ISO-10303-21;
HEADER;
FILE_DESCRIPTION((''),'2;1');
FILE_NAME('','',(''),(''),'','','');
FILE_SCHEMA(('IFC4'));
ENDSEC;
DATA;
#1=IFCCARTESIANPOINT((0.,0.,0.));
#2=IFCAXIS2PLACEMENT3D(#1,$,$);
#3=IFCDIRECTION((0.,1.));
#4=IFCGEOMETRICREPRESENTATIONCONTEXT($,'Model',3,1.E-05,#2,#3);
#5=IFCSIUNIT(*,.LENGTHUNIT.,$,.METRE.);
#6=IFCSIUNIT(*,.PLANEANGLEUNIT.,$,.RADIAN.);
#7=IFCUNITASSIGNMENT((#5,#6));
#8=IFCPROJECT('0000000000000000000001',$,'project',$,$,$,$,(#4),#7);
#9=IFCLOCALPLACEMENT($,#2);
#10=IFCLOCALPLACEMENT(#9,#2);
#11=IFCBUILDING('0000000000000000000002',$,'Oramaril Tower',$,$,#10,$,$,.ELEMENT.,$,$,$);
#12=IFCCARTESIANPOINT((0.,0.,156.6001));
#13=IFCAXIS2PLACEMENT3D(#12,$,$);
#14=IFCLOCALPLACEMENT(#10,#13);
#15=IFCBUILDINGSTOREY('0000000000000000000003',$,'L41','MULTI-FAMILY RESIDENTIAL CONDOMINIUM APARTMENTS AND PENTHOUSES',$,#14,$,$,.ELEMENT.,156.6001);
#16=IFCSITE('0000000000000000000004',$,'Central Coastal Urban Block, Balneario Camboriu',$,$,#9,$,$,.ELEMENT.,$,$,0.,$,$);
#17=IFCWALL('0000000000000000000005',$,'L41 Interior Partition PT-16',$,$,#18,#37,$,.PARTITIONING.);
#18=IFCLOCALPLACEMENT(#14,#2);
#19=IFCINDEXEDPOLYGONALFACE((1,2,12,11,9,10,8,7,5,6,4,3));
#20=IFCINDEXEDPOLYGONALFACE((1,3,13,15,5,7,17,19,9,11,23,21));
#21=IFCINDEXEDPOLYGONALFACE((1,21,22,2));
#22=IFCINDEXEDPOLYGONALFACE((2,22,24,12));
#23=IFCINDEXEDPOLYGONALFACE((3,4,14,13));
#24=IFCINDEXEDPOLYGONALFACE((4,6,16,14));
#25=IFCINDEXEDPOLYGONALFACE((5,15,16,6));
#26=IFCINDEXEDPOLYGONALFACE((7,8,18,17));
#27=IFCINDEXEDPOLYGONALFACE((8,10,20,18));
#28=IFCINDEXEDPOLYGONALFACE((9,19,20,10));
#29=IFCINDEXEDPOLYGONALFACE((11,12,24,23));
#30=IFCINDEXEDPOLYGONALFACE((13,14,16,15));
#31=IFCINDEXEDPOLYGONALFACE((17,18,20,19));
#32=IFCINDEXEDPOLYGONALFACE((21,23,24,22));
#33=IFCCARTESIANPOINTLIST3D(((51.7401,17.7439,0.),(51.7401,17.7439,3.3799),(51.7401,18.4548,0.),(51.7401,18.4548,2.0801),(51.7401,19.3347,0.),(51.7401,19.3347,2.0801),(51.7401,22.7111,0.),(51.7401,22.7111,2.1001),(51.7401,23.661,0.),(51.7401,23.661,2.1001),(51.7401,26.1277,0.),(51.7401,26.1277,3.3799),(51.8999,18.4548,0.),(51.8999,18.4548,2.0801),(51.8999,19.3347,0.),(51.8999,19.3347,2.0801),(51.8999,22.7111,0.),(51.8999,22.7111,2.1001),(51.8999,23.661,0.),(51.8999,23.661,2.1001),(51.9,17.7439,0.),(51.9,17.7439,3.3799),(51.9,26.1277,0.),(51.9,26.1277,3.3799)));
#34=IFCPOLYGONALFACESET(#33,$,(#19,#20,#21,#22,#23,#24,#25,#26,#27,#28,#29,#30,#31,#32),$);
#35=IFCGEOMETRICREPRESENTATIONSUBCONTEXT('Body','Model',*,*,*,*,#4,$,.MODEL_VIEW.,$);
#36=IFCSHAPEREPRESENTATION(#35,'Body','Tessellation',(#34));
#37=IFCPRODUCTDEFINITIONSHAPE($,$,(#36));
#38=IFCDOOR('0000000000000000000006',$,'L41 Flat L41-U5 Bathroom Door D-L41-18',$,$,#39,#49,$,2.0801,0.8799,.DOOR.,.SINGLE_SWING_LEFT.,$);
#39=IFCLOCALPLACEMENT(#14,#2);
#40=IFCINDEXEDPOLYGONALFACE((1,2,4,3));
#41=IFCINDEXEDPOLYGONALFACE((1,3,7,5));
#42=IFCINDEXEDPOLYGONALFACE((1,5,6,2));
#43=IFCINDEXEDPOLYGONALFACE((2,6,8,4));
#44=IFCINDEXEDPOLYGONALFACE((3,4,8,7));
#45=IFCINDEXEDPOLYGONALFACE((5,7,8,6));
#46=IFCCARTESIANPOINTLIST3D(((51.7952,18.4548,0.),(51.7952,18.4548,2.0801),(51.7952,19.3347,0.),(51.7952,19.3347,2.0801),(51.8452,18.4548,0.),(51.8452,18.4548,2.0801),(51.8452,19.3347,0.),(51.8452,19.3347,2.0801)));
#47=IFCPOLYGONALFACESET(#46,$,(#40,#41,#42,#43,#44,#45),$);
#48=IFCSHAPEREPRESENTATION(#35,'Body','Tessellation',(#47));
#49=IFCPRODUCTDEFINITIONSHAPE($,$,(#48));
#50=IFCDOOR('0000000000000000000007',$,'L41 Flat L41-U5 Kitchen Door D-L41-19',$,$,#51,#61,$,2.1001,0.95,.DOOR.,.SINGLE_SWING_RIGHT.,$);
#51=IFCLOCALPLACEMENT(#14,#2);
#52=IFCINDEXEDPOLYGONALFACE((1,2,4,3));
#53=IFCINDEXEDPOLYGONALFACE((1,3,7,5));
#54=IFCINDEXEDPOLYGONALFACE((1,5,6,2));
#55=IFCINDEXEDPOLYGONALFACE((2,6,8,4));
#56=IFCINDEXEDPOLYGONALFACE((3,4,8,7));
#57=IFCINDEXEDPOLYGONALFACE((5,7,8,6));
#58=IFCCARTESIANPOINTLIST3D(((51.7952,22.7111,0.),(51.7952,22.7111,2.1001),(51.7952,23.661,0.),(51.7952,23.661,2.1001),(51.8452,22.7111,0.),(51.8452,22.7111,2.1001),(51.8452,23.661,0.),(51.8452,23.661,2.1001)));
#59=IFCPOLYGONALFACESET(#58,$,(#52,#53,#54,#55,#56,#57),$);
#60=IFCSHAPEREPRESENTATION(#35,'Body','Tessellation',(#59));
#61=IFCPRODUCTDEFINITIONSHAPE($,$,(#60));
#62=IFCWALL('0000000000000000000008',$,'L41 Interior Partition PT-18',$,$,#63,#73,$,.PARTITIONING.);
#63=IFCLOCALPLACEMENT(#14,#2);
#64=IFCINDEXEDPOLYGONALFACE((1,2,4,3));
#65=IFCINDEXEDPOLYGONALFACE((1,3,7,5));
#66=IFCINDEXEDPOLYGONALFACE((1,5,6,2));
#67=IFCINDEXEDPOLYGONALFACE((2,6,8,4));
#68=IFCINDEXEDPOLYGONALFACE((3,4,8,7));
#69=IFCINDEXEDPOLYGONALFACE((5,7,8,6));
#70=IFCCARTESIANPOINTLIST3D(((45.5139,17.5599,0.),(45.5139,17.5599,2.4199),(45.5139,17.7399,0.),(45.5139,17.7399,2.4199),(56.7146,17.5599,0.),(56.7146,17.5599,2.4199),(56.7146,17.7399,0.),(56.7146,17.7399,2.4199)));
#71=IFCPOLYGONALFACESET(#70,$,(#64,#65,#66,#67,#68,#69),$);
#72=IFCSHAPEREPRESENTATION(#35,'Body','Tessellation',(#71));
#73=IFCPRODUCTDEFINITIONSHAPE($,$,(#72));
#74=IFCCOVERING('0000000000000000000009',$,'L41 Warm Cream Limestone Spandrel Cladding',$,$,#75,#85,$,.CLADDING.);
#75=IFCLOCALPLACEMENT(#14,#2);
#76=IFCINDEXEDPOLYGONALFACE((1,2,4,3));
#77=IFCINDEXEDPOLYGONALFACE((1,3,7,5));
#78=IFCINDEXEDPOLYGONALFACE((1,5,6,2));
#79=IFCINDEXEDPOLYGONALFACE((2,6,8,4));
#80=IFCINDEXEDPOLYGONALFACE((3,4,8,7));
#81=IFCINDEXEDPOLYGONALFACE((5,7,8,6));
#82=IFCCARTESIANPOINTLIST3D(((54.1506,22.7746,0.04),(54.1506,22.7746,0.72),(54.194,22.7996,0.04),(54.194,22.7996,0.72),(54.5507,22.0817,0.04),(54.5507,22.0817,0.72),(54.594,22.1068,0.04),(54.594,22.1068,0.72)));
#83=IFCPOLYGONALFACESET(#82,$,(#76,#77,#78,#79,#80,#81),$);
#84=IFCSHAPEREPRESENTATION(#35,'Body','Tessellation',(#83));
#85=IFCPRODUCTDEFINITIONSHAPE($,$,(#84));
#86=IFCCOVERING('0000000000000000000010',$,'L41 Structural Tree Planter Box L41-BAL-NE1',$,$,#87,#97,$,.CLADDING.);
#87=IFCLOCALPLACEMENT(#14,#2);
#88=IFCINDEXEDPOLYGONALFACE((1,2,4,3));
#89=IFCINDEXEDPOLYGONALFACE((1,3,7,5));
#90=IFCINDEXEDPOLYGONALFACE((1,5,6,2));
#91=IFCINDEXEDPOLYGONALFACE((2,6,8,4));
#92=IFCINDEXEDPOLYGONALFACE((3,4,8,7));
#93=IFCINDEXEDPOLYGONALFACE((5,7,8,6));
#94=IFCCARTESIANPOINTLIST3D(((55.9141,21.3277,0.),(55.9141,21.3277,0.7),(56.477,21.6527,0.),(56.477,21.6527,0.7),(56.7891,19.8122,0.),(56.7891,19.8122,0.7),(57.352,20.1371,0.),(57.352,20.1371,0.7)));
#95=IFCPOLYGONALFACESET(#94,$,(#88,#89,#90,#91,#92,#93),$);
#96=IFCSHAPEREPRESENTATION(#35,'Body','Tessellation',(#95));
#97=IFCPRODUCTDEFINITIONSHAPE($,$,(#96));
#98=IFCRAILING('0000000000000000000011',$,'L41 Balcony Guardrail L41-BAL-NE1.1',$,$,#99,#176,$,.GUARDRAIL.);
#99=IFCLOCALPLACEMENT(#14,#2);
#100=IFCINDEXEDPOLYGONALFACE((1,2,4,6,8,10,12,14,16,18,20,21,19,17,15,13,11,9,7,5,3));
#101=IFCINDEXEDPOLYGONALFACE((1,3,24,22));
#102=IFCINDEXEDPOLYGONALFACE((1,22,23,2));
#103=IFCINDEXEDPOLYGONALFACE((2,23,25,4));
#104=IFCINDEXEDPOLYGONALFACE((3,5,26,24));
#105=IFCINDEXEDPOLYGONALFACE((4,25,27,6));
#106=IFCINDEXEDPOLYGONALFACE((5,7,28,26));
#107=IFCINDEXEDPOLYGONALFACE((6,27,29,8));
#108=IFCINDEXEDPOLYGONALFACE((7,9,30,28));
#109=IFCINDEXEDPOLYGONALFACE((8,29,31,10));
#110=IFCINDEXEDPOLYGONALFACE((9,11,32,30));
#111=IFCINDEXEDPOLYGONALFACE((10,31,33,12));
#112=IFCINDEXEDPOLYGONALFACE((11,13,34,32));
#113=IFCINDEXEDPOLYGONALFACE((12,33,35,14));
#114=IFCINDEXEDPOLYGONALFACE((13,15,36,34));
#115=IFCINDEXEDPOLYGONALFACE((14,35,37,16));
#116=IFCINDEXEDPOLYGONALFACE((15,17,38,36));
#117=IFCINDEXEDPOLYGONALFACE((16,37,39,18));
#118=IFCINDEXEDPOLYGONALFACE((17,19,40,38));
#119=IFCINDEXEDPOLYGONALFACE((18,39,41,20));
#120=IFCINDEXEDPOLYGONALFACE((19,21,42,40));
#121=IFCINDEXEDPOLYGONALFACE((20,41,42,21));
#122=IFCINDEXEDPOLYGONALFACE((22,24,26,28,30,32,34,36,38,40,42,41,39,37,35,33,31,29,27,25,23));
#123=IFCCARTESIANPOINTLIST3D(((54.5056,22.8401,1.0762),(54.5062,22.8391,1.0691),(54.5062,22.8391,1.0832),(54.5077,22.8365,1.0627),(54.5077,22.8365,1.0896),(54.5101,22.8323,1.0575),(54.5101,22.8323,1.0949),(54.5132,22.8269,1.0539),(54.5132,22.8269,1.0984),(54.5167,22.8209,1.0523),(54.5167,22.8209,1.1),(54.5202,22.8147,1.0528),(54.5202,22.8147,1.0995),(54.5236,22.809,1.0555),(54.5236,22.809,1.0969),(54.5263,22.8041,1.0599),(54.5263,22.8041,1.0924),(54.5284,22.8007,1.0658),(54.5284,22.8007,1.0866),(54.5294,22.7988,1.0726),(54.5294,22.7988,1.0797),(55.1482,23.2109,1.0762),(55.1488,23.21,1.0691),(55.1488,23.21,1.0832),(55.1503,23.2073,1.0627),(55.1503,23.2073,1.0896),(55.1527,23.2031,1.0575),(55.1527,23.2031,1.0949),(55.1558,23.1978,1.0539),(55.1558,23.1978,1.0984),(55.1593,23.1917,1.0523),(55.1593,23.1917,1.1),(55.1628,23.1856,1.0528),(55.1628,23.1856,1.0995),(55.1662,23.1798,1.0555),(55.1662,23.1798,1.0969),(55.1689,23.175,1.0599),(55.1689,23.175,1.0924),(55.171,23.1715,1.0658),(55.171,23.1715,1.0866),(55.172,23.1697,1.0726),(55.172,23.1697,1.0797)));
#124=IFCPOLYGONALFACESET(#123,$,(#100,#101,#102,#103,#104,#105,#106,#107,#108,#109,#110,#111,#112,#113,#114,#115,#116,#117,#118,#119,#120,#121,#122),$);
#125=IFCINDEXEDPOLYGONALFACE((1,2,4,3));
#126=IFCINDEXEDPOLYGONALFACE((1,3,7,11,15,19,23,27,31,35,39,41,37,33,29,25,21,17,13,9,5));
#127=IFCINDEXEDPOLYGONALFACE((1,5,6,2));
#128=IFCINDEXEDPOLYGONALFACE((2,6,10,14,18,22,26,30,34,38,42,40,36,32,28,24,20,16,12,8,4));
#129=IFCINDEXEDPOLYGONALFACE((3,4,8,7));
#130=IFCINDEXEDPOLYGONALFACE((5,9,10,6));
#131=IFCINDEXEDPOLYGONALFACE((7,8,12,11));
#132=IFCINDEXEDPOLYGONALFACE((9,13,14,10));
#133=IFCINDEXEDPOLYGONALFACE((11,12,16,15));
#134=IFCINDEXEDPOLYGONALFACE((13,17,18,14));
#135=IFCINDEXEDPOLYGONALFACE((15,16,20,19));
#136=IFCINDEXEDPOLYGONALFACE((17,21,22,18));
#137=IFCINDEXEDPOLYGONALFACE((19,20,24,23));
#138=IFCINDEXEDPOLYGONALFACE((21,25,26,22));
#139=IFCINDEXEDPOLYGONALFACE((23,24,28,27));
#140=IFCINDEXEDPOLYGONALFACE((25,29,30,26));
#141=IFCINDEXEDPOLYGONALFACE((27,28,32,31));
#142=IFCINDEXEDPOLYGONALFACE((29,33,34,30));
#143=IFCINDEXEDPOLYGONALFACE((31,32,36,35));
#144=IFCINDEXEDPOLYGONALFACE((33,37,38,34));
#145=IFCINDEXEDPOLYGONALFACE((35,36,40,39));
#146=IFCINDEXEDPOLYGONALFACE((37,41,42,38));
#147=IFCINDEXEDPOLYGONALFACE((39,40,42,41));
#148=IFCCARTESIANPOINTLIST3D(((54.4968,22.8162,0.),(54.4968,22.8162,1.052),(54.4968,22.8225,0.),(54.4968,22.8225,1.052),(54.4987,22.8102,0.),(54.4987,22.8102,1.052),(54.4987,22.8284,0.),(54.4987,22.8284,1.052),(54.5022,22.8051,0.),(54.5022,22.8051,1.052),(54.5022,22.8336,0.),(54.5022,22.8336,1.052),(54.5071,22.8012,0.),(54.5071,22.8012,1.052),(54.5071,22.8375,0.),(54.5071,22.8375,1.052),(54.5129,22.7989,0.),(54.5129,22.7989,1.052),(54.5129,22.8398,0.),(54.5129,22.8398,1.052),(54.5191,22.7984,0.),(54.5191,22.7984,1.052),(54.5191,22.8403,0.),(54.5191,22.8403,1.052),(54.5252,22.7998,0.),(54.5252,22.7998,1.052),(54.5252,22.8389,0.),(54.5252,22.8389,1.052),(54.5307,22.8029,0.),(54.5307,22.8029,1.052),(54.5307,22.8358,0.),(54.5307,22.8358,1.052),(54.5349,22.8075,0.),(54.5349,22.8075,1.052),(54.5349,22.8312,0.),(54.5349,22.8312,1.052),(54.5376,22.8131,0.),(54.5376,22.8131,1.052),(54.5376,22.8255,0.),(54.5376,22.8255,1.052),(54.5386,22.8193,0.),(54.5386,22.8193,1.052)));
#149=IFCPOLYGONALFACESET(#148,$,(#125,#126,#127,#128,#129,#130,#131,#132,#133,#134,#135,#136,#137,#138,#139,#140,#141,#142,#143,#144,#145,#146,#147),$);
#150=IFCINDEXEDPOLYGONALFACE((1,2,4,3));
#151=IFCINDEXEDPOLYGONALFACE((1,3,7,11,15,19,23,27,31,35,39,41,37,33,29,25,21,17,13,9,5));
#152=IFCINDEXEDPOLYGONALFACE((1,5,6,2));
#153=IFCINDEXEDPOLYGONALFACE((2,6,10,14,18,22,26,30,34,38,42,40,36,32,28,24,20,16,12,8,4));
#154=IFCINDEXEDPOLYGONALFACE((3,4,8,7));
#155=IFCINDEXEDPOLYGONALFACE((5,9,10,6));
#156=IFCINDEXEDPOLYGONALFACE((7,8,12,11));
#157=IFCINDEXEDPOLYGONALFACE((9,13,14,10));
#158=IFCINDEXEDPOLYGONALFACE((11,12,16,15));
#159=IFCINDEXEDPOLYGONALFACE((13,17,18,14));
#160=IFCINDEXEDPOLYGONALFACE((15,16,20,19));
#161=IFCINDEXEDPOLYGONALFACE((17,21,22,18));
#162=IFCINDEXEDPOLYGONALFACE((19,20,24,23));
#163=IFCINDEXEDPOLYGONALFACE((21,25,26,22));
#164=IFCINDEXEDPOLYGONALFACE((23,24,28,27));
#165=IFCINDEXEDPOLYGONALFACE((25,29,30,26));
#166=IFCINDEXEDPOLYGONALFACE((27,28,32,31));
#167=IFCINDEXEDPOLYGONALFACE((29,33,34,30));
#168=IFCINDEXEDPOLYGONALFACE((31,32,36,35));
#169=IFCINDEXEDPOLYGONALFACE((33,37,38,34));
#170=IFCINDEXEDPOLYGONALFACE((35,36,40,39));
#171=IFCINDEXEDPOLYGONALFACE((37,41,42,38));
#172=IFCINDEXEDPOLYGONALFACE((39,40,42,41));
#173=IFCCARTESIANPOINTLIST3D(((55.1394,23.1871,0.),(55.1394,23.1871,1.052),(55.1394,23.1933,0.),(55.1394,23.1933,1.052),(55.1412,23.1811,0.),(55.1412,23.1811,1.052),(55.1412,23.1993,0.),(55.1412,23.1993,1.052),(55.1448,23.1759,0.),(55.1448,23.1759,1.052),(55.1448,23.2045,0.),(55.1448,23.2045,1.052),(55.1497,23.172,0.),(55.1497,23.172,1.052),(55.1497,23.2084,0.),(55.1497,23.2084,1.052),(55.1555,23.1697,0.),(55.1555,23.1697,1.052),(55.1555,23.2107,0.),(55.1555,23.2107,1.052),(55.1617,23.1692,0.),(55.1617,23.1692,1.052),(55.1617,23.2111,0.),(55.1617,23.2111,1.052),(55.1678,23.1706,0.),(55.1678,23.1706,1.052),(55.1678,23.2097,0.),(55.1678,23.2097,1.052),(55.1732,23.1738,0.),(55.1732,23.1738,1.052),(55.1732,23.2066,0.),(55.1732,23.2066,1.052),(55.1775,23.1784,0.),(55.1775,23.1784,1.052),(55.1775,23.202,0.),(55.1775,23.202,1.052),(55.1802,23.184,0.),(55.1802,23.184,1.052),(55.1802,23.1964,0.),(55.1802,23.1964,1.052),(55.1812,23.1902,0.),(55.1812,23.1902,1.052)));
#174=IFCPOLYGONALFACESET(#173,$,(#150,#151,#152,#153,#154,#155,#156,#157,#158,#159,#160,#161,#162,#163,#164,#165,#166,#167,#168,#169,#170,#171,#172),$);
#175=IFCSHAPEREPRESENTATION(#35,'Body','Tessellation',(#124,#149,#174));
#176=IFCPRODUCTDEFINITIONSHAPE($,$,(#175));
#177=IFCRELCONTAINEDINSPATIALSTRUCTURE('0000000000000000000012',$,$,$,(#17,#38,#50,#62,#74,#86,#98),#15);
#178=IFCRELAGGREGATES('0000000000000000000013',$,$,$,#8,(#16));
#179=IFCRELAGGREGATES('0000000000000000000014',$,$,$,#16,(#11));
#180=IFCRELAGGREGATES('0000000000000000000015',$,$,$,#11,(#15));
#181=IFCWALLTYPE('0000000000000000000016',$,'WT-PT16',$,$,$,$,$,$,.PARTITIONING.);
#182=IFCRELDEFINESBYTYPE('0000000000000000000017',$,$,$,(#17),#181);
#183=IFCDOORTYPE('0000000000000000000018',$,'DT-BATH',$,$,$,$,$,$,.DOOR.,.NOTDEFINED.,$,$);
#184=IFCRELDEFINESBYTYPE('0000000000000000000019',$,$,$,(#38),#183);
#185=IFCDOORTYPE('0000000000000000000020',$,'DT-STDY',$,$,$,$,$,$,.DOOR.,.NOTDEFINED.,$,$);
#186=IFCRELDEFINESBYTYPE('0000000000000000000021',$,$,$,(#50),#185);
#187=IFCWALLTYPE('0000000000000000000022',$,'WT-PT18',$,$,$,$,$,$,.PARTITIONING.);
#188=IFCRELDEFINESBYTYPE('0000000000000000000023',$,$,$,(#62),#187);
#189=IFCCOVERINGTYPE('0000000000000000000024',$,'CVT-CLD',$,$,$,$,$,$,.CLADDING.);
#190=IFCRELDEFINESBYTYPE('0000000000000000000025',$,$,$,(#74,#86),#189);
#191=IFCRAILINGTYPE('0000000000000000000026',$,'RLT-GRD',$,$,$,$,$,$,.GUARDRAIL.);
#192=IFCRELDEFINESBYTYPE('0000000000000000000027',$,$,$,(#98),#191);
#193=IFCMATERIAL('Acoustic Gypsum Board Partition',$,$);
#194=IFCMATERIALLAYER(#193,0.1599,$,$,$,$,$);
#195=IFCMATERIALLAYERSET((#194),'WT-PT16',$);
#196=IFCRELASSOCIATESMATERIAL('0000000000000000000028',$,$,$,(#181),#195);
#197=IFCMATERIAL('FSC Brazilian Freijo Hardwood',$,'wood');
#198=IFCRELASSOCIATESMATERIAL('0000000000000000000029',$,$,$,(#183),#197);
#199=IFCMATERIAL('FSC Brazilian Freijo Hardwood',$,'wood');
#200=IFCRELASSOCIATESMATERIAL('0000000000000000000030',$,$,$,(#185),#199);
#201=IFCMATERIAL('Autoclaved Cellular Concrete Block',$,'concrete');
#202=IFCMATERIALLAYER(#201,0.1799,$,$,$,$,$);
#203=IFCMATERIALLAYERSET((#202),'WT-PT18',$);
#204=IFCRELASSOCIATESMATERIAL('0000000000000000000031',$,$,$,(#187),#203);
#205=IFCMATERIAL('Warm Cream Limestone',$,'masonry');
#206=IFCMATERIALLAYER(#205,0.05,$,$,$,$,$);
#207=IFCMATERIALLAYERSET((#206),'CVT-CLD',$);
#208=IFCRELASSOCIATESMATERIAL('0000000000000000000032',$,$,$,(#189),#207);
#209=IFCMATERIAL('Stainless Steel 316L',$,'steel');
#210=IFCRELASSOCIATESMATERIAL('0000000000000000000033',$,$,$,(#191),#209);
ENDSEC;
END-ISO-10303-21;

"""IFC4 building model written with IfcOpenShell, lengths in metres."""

from ifc_helpers import new_model, si_unit, direction, frame, frame_2d, origin, origin_2d, place, context, subcontext, project, spatial, rectangle, circle, extrude, material, layer, layer_set, type_object, element, fill, save


model = new_model("IFC4")

# Units and contexts
model_context = context("Model", 3, precision=1e-05, world=origin(), true_north=direction((0.0, 1.0)))
body_context = subcontext(model_context, "Body", "Model", "MODEL_VIEW")
ifc_project = project(units=[si_unit("LENGTHUNIT", "METRE"), si_unit("PLANEANGLEUNIT", "RADIAN")], contexts=[model_context])

# Site, building, storey
site_placement = place(None, origin())
site = spatial("IfcSite", under=ifc_project, at=site_placement, Name="Central Coastal Urban Block, Balneario Camboriu", CompositionType="ELEMENT", RefElevation=0.0)
building_placement = place(site_placement, origin())
building = spatial("IfcBuilding", under=site, at=building_placement, Name="Oramaril Tower", CompositionType="ELEMENT")
storey_placement = place(building_placement, frame((0.0, 0.0, 156.6001)))
storey = spatial("IfcBuildingStorey", under=building, at=storey_placement, Name="L41", Description="MULTI-FAMILY RESIDENTIAL CONDOMINIUM APARTMENTS AND PENTHOUSES", CompositionType="ELEMENT", Elevation=156.6001)

# Wall, openings, doors
ifc_material_1 = material(Name="Acoustic Gypsum Board Partition")
ifc_layer_1 = layer(ifc_material_1, 0.1599)
ifc_layer_set_1 = layer_set([ifc_layer_1], Name="WT-PT16")
wall_type_1 = type_object("IfcWallType", Name="WT-PT16", PredefinedType="PARTITIONING", material=ifc_layer_set_1)
wall_1_placement = place(storey_placement, frame((51.8201, 17.7439, 0.0), z_axis=(0.0, 0.0, 1.0), x_axis=(0.0, 1.0, 0.0)))
wall_1 = element("IfcWall", 1, at=wall_1_placement, inside=storey, type_object=wall_type_1, Name="L41 Interior Partition PT-16", PredefinedType="PARTITIONING", context=body_context, shape_type="SweptSolid", body=[
    extrude(rectangle(XDim=8.3838, YDim=0.1599, at=frame_2d((4.1919, 0.0))), origin(), (0.0, 0.0, 1.0), 3.3799),
])
opening_1_placement = place(wall_1_placement, frame((0.7109, 0.0, 0.0)))
opening_1 = element("IfcOpeningElement", 2, at=opening_1_placement, cuts=wall_1, PredefinedType="OPENING", context=body_context, shape_type="SweptSolid", body=[
    extrude(rectangle(XDim=0.8799, YDim=2.0801, at=frame_2d((0.4399, 1.04))), frame((0.0, 0.0801, 0.0), z_axis=(0.0, -1.0, 0.0), x_axis=(1.0, 0.0, 0.0)), (0.0, 0.0, 1.0), 0.1599),
])
opening_2_placement = place(wall_1_placement, frame((4.967, 0.0, 0.0)))
opening_2 = element("IfcOpeningElement", 3, at=opening_2_placement, cuts=wall_1, PredefinedType="OPENING", context=body_context, shape_type="SweptSolid", body=[
    extrude(rectangle(XDim=0.95, YDim=2.1001, at=frame_2d((0.4751, 1.05))), frame((0.0, 0.0801, 0.0), z_axis=(0.0, -1.0, 0.0), x_axis=(1.0, 0.0, 0.0)), (0.0, 0.0, 1.0), 0.1599),
])
ifc_material_2 = material(Name="FSC Brazilian Freijo Hardwood", Category="wood")
door_type_1 = type_object("IfcDoorType", Name="DT-BATH", OperationType="NOTDEFINED", PredefinedType="DOOR", material=ifc_material_2)
door_1_placement = place(opening_1_placement, origin())
door_1 = element("IfcDoor", 4, at=door_1_placement, inside=storey, type_object=door_type_1, Name="L41 Flat L41-U5 Bathroom Door D-L41-18", OperationType="SINGLE_SWING_LEFT", OverallHeight=2.0801, OverallWidth=0.8799, PredefinedType="DOOR", context=body_context, shape_type="SweptSolid", body=[
    extrude(rectangle(XDim=0.8799, YDim=2.0801, at=frame_2d((0.4399, 1.04))), frame((0.0, 0.0249, 0.0), z_axis=(0.0, -1.0, 0.0), x_axis=(1.0, 0.0, 0.0)), (0.0, 0.0, 1.0), 0.05),
])
fill(opening_1, door_1)
ifc_material_3 = material(Name="FSC Brazilian Freijo Hardwood", Category="wood")
door_type_2 = type_object("IfcDoorType", Name="DT-STDY", OperationType="NOTDEFINED", PredefinedType="DOOR", material=ifc_material_3)
door_2_placement = place(opening_2_placement, origin())
door_2 = element("IfcDoor", 5, at=door_2_placement, inside=storey, type_object=door_type_2, Name="L41 Flat L41-U5 Kitchen Door D-L41-19", OperationType="SINGLE_SWING_RIGHT", OverallHeight=2.1001, OverallWidth=0.95, PredefinedType="DOOR", context=body_context, shape_type="SweptSolid", body=[
    extrude(rectangle(XDim=0.95, YDim=2.1001, at=frame_2d((0.4751, 1.05))), frame((0.0, 0.0249, 0.0), z_axis=(0.0, -1.0, 0.0), x_axis=(1.0, 0.0, 0.0)), (0.0, 0.0, 1.0), 0.05),
])
fill(opening_2, door_2)

# Wall
ifc_material_4 = material(Name="Autoclaved Cellular Concrete Block", Category="concrete")
ifc_layer_2 = layer(ifc_material_4, 0.1799)
ifc_layer_set_2 = layer_set([ifc_layer_2], Name="WT-PT18")
wall_type_2 = type_object("IfcWallType", Name="WT-PT18", PredefinedType="PARTITIONING", material=ifc_layer_set_2)
wall_2_placement = place(storey_placement, frame((45.5139, 17.6499, 0.0), z_axis=(0.0, 0.0, 1.0), x_axis=(1.0, 0.0, 0.0)))
element("IfcWall", 6, at=wall_2_placement, inside=storey, type_object=wall_type_2, Name="L41 Interior Partition PT-18", PredefinedType="PARTITIONING", context=body_context, shape_type="SweptSolid", body=[
    extrude(rectangle(XDim=11.2007, YDim=0.1799, at=frame_2d((5.6003, 0.0))), origin(), (0.0, 0.0, 1.0), 2.4199),
])

# Coverings
ifc_material_5 = material(Name="Warm Cream Limestone", Category="masonry")
ifc_layer_3 = layer(ifc_material_5, 0.05)
ifc_layer_set_3 = layer_set([ifc_layer_3], Name="CVT-CLD")
covering_type = type_object("IfcCoveringType", Name="CVT-CLD", PredefinedType="CLADDING", material=ifc_layer_set_3)
covering_1_placement = place(storey_placement, frame((54.3723, 22.4407, 0.04), z_axis=(0.0, 0.0, 1.0), x_axis=(-0.5, 0.866025, 0.0)))
element("IfcCovering", 7, at=covering_1_placement, inside=storey, type_object=covering_type, Name="L41 Warm Cream Limestone Spandrel Cladding", PredefinedType="CLADDING", context=body_context, shape_type="SweptSolid", body=[
    extrude(rectangle(XDim=0.8, YDim=0.05, at=origin_2d()), origin(), (0.0, 0.0, 1.0), 0.6799),
])
covering_2_placement = place(storey_placement, frame((56.6331, 20.7324, 0.0), z_axis=(0.0, 0.0, 1.0), x_axis=(-0.5, 0.866025, 0.0)))
element("IfcCovering", 8, at=covering_2_placement, inside=storey, type_object=covering_type, Name="L41 Structural Tree Planter Box L41-BAL-NE1", PredefinedType="CLADDING", context=body_context, shape_type="SweptSolid", body=[
    extrude(rectangle(XDim=1.75, YDim=0.6499, at=origin_2d()), origin(), (0.0, 0.0, 1.0), 0.7),
])

# Railing
ifc_material_6 = material(Name="Stainless Steel 316L", Category="steel")
railing_type = type_object("IfcRailingType", Name="RLT-GRD", PredefinedType="GUARDRAIL", material=ifc_material_6)
railing_1_placement = place(storey_placement, frame((54.5176, 22.8193, 0.0)))
element("IfcRailing", 9, at=railing_1_placement, inside=storey, type_object=railing_type, Name="L41 Balcony Guardrail L41-BAL-NE1.1", PredefinedType="GUARDRAIL", context=body_context, shape_type="SweptSolid", body=[
    extrude(circle(Radius=0.0239, at=origin_2d()), frame((0.0, 0.0, 1.0762), z_axis=(0.866109, 0.499855, 0.0), x_axis=(-0.499855, 0.866109, 0.0)), (0.0, 0.0, 1.0), 0.7419),
    extrude(circle(Radius=0.021, at=origin_2d()), origin(), (0.0, 0.0, 1.0), 1.052),
    extrude(circle(Radius=0.021, at=origin_2d()), frame((0.6426, 0.3708, 0.0)), (0.0, 0.0, 1.0), 1.052),
])

save(model, "model.ifc")
